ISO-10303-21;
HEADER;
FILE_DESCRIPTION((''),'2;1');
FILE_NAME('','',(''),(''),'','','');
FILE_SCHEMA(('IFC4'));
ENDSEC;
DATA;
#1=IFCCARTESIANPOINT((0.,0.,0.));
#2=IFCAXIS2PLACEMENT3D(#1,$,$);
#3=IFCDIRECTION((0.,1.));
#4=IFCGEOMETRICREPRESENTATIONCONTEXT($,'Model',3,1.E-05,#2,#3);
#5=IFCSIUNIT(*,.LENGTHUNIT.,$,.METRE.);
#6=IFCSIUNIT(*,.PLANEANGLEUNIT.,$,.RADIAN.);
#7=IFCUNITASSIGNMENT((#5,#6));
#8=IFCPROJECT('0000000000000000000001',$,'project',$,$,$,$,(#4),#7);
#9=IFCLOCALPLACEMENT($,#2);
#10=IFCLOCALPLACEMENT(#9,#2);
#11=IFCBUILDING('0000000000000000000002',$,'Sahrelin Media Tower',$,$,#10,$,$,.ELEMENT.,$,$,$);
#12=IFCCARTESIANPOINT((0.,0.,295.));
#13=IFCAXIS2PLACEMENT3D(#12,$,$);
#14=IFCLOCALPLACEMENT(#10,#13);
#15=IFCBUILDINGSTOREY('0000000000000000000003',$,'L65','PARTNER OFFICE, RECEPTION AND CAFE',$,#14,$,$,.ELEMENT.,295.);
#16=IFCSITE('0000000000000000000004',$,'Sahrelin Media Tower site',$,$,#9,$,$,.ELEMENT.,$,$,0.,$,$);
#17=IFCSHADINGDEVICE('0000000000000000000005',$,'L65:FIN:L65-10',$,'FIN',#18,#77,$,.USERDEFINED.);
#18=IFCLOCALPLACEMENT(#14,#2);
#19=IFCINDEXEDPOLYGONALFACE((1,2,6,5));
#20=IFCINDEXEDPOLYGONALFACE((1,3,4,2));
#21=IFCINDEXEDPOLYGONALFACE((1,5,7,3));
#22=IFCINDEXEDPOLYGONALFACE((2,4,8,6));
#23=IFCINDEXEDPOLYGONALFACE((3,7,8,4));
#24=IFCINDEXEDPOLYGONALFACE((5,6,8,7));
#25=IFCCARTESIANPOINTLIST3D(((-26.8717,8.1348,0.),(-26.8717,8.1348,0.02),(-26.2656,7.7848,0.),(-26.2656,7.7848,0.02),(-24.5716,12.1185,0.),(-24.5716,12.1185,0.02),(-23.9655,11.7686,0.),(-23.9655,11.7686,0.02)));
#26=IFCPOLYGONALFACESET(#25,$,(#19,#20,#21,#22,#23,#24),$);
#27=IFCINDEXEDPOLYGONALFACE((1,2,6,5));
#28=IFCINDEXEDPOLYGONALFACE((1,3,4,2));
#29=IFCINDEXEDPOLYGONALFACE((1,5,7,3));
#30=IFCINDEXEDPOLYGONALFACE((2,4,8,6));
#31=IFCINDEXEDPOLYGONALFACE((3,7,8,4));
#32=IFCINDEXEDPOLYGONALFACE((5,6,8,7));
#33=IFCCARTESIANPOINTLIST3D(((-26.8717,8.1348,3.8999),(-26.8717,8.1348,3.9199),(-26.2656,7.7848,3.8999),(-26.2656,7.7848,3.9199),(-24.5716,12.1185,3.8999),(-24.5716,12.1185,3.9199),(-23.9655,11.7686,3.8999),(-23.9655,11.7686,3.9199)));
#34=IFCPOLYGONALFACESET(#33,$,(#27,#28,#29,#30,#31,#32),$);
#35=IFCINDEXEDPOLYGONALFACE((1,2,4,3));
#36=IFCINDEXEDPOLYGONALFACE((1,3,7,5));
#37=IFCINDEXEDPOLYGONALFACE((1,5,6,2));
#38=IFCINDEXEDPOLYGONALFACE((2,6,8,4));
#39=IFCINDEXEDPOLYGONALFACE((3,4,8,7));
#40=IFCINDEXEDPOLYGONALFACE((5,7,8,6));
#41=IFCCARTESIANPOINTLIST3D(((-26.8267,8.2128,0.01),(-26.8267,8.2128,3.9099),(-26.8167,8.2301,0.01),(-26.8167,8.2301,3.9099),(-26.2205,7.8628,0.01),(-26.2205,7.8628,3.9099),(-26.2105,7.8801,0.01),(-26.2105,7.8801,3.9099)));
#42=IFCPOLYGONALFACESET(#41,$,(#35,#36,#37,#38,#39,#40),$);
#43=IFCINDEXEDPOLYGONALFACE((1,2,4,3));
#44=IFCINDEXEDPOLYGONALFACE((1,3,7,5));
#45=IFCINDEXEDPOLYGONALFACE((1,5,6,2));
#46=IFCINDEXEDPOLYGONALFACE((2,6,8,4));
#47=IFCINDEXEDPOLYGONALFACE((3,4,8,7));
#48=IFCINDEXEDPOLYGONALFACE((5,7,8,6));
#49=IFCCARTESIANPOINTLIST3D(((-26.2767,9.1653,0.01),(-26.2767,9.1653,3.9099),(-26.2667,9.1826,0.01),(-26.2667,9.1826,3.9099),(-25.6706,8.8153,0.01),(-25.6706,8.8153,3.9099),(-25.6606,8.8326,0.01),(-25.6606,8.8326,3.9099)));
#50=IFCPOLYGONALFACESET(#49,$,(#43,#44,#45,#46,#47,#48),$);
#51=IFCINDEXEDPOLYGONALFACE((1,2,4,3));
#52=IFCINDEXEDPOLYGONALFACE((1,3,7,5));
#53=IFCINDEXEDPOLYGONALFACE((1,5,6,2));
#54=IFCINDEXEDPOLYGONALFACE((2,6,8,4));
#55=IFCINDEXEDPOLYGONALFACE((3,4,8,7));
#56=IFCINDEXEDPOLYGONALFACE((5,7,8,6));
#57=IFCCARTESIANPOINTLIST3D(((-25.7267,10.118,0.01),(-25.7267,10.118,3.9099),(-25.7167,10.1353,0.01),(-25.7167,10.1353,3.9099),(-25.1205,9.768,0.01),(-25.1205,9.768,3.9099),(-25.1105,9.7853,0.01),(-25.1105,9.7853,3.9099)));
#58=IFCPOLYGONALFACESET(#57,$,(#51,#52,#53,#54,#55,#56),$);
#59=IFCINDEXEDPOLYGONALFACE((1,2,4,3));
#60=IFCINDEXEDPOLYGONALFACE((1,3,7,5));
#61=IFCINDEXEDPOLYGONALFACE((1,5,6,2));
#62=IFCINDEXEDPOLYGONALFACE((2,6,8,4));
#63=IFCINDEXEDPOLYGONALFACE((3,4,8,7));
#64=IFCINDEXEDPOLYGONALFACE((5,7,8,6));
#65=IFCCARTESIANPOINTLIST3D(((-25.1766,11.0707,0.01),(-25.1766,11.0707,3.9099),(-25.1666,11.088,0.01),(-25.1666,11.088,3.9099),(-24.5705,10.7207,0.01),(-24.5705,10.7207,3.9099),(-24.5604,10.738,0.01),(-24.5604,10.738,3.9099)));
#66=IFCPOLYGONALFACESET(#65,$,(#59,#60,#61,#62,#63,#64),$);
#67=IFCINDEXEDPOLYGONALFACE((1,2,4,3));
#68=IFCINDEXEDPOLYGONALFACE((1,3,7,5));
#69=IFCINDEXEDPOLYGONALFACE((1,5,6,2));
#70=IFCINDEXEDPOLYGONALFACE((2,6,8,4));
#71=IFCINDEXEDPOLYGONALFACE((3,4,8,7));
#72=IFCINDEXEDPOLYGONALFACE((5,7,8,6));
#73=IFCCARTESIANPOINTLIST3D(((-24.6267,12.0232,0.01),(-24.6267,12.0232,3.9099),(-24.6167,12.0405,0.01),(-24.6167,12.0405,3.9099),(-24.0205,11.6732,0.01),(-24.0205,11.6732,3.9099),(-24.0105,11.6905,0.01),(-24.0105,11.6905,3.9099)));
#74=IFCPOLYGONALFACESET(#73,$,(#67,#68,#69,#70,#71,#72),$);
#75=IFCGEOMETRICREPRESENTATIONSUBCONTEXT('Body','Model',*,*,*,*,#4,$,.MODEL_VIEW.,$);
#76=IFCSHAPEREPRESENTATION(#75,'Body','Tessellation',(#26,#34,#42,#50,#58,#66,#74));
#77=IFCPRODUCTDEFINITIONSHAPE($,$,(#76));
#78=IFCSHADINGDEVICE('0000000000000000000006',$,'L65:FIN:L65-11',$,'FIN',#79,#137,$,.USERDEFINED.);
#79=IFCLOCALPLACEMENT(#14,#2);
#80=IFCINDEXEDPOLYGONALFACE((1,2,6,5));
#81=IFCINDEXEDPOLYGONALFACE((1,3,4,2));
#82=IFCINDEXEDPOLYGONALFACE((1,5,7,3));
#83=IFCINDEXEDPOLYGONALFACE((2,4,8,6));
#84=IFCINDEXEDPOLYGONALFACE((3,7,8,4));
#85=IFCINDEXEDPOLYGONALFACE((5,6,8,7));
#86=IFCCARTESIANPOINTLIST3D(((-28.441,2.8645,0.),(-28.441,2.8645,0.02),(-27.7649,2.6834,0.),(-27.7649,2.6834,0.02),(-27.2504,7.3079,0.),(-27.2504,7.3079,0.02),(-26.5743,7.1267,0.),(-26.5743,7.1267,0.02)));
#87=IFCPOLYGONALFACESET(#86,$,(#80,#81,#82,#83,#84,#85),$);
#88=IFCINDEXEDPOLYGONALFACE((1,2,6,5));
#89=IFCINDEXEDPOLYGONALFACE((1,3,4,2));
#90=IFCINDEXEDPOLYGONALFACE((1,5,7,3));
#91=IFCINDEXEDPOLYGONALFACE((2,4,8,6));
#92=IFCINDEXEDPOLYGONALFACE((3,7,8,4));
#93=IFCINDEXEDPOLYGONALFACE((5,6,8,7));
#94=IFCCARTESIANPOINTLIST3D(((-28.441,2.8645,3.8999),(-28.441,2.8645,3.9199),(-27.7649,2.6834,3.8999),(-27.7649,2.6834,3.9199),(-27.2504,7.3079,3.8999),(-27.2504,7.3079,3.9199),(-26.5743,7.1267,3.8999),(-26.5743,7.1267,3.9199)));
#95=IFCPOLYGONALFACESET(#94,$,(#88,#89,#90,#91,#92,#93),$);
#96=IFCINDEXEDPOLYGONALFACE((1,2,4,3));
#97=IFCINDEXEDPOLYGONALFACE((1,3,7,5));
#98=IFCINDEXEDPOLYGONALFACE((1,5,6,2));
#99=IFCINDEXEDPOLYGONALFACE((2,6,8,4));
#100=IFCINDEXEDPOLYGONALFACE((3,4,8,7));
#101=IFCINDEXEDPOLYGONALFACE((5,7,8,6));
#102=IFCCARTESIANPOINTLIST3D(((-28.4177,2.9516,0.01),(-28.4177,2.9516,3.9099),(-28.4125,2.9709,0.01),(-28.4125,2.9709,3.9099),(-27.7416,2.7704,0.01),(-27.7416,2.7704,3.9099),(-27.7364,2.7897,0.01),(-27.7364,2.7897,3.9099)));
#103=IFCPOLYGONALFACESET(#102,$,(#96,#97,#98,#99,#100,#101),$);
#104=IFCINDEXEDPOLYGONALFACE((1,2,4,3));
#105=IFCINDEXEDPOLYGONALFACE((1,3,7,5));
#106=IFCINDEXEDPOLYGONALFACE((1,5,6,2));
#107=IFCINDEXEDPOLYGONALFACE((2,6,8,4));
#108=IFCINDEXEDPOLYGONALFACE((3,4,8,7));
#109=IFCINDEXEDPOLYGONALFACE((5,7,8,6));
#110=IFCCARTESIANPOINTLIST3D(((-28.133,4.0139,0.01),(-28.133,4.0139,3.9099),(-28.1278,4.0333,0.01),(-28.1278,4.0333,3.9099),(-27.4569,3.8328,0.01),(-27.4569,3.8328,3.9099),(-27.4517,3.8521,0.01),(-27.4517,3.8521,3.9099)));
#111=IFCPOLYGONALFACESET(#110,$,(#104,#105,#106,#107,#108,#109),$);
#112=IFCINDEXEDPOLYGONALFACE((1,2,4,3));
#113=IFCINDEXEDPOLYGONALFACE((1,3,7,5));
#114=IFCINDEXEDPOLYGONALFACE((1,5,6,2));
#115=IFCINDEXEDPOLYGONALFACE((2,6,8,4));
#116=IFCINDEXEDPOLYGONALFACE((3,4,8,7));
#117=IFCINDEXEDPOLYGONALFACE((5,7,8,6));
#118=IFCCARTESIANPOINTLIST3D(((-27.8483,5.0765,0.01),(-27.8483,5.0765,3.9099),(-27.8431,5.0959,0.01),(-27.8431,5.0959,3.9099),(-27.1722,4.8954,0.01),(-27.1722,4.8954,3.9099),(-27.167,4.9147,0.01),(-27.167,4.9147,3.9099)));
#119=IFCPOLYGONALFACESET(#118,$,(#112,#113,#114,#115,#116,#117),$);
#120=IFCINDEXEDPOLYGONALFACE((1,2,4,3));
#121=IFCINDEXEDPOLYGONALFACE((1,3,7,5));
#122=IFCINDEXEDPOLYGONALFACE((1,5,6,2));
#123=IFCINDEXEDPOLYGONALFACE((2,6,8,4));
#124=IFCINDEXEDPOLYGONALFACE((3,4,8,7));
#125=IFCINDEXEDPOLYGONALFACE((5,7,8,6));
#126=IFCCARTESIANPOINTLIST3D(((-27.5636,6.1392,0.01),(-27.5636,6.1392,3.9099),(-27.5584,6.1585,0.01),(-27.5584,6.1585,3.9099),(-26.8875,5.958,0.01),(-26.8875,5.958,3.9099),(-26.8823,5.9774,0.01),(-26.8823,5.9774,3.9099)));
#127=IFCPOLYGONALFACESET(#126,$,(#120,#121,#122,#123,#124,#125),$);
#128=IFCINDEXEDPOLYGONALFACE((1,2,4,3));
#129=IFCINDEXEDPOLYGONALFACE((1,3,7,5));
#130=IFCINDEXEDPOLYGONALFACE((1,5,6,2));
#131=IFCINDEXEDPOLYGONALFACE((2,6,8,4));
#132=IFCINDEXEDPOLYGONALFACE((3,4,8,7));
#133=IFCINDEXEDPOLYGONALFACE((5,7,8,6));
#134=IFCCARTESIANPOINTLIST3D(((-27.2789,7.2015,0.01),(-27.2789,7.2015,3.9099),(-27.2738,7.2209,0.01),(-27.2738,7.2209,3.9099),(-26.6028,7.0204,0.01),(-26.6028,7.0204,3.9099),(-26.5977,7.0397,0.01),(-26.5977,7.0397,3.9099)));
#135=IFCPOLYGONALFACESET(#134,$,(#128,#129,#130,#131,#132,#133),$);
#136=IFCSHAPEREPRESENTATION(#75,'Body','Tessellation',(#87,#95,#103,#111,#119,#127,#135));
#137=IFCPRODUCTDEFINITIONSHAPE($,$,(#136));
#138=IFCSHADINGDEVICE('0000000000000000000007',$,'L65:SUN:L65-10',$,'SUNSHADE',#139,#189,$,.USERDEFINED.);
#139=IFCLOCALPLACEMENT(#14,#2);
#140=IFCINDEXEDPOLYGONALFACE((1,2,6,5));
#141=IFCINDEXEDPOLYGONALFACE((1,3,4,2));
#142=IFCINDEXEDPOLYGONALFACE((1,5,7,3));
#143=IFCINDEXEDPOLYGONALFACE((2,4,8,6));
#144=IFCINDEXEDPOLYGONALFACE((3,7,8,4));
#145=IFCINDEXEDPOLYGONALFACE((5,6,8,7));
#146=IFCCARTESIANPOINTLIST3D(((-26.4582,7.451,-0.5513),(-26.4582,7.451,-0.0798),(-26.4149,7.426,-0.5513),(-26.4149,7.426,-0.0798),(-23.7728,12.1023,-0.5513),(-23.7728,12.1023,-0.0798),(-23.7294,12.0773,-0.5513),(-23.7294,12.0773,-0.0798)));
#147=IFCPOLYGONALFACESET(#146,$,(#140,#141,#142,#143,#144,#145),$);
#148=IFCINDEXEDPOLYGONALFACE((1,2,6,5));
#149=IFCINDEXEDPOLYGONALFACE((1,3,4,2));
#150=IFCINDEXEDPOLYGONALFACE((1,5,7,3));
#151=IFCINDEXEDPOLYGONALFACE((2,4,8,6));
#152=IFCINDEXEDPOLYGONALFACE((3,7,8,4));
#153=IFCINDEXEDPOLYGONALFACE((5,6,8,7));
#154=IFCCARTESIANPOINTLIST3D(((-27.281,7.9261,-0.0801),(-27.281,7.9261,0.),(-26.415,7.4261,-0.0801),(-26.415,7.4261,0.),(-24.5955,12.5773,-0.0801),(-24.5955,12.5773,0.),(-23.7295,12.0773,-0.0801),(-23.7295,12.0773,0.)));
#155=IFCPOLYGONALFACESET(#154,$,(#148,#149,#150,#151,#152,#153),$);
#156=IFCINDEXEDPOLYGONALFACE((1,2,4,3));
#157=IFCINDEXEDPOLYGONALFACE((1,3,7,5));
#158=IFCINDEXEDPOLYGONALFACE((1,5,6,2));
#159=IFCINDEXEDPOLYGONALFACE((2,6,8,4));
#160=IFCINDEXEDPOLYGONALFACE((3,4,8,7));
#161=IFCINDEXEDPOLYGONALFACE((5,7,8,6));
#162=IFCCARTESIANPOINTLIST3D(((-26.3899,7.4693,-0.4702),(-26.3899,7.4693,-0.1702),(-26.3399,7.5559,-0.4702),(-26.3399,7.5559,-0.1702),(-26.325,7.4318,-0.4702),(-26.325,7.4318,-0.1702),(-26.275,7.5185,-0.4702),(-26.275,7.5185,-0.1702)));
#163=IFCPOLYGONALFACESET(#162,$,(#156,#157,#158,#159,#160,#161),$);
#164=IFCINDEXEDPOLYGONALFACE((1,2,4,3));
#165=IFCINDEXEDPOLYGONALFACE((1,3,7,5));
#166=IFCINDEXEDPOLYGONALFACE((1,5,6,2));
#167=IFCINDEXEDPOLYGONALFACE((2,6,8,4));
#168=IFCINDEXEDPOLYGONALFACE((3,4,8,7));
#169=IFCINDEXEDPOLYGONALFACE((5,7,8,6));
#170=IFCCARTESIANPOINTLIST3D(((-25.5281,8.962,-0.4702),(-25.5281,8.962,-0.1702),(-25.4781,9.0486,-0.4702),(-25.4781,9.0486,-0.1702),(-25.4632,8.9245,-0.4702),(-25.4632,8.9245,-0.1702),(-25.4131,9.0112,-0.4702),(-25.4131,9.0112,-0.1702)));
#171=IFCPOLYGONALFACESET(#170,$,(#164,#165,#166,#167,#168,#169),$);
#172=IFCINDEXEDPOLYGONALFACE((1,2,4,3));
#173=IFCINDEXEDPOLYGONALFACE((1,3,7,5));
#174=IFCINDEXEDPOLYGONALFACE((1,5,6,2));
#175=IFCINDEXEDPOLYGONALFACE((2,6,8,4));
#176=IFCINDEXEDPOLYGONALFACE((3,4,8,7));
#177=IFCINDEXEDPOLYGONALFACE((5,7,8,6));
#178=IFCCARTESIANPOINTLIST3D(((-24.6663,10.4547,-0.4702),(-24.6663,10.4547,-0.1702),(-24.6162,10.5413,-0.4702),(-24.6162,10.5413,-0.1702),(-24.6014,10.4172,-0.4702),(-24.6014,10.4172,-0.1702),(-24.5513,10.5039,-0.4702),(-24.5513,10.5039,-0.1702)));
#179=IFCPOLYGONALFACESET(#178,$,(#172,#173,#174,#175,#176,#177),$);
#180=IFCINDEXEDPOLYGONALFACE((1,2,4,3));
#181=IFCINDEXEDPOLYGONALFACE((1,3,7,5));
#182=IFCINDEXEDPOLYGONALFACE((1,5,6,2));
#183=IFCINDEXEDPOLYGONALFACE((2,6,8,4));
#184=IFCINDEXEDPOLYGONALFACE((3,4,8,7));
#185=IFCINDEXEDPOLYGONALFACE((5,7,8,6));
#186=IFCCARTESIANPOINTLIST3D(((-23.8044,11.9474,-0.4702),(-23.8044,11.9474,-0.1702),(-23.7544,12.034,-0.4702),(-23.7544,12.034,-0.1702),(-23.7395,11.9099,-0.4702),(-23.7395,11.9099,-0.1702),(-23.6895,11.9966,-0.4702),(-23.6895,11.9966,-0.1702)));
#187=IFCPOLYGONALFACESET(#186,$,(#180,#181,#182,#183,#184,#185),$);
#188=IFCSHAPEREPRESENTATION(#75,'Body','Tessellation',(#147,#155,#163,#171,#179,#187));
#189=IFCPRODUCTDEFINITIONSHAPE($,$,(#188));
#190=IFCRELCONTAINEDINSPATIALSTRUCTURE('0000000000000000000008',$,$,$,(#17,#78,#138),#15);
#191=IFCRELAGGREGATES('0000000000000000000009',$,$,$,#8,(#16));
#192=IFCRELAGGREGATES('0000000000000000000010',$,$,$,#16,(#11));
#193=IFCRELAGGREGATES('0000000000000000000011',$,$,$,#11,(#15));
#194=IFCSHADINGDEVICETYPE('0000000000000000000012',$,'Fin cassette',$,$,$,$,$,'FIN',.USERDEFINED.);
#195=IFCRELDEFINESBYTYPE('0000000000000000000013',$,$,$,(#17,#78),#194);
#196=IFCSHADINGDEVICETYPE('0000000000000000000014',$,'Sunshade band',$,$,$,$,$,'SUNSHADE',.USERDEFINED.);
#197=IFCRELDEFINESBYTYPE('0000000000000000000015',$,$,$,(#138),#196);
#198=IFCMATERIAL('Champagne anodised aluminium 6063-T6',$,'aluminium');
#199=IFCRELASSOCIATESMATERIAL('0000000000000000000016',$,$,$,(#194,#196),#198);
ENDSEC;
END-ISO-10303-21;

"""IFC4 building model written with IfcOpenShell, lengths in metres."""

from ifc_helpers import new_model, si_unit, direction, frame, origin, origin_2d, place, context, subcontext, project, spatial, rectangle, extrude, material, type_object, element, save


model = new_model("IFC4")

# Units and contexts
model_context = context("Model", 3, precision=1e-05, world=origin(), true_north=direction((0.0, 1.0)))
body_context = subcontext(model_context, "Body", "Model", "MODEL_VIEW")
ifc_project = project(units=[si_unit("LENGTHUNIT", "METRE"), si_unit("PLANEANGLEUNIT", "RADIAN")], contexts=[model_context])

# Site, building, storey
site_placement = place(None, origin())
site = spatial("IfcSite", under=ifc_project, at=site_placement, Name="Sahrelin Media Tower site", CompositionType="ELEMENT", RefElevation=0.0)
building_placement = place(site_placement, origin())
building = spatial("IfcBuilding", under=site, at=building_placement, Name="Sahrelin Media Tower", CompositionType="ELEMENT")
storey_placement = place(building_placement, frame((0.0, 0.0, 295.0)))
storey = spatial("IfcBuildingStorey", under=building, at=storey_placement, Name="L65", Description="PARTNER OFFICE, RECEPTION AND CAFE", CompositionType="ELEMENT", Elevation=295.0)

# Shared definitions
ifc_material_1 = material(Name="Champagne anodised aluminium 6063-T6", Category="aluminium")

# Shading devices
shading_device_type_1 = type_object("IfcShadingDeviceType", Name="Fin cassette", ElementType="FIN", PredefinedType="USERDEFINED", material=ifc_material_1)
placement_1 = place(storey_placement, frame((-25.0549, 9.7417, 0.0), z_axis=(0.0, 0.0, 1.0), x_axis=(0.500011, 0.866019, 0.0)))
element("IfcShadingDevice", 1, at=placement_1, inside=storey, type_object=shading_device_type_1, Name="L65:FIN:L65-10", ObjectType="FIN", PredefinedType="USERDEFINED", context=body_context, shape_type="SweptSolid", body=[
    extrude(rectangle(XDim=4.6001, YDim=0.7, at=origin_2d()), frame((0.0, 0.4199, 0.0)), (0.0, 0.0, 1.0), 0.02),
    extrude(rectangle(XDim=4.6001, YDim=0.7, at=origin_2d()), frame((0.0, 0.4199, 3.8999)), (0.0, 0.0, 1.0), 0.02),
    extrude(rectangle(XDim=0.02, YDim=0.7, at=origin_2d()), frame((-2.2, 0.4199, 0.01), z_axis=(0.0, 0.0, 1.0), x_axis=(1.0, 0.0, 0.0)), (0.0, 0.0, 1.0), 3.8999),
    extrude(rectangle(XDim=0.02, YDim=0.7, at=origin_2d()), frame((-1.1001, 0.4199, 0.01), z_axis=(0.0, 0.0, 1.0), x_axis=(1.0, 0.0, 0.0)), (0.0, 0.0, 1.0), 3.8999),
    extrude(rectangle(XDim=0.02, YDim=0.7, at=origin_2d()), frame((0.0, 0.4199, 0.01), z_axis=(0.0, 0.0, 1.0), x_axis=(1.0, 0.0, 0.0)), (0.0, 0.0, 1.0), 3.8999),
    extrude(rectangle(XDim=0.02, YDim=0.7, at=origin_2d()), frame((1.1001, 0.4199, 0.01), z_axis=(0.0, 0.0, 1.0), x_axis=(1.0, 0.0, 0.0)), (0.0, 0.0, 1.0), 3.8999),
    extrude(rectangle(XDim=0.02, YDim=0.7, at=origin_2d()), frame((2.2, 0.4199, 0.01), z_axis=(0.0, 0.0, 1.0), x_axis=(1.0, 0.0, 0.0)), (0.0, 0.0, 1.0), 3.8999),
])
placement_2 = place(storey_placement, frame((-27.1021, 4.887, 0.0), z_axis=(0.0, 0.0, 1.0), x_axis=(0.258808, 0.965929, 0.0)))
element("IfcShadingDevice", 2, at=placement_2, inside=storey, type_object=shading_device_type_1, Name="L65:FIN:L65-11", ObjectType="FIN", PredefinedType="USERDEFINED", context=body_context, shape_type="SweptSolid", body=[
    extrude(rectangle(XDim=4.6001, YDim=0.7, at=origin_2d()), frame((0.0, 0.4199, 0.0)), (0.0, 0.0, 1.0), 0.02),
    extrude(rectangle(XDim=4.6001, YDim=0.7, at=origin_2d()), frame((0.0, 0.4199, 3.8999)), (0.0, 0.0, 1.0), 0.02),
    extrude(rectangle(XDim=0.02, YDim=0.7, at=origin_2d()), frame((-2.2, 0.4199, 0.01), z_axis=(0.0, 0.0, 1.0), x_axis=(1.0, 0.0, 0.0)), (0.0, 0.0, 1.0), 3.8999),
    extrude(rectangle(XDim=0.02, YDim=0.7, at=origin_2d()), frame((-1.1001, 0.4199, 0.01), z_axis=(0.0, 0.0, 1.0), x_axis=(1.0, 0.0, 0.0)), (0.0, 0.0, 1.0), 3.8999),
    extrude(rectangle(XDim=0.02, YDim=0.7, at=origin_2d()), frame((0.0, 0.4199, 0.01), z_axis=(0.0, 0.0, 1.0), x_axis=(1.0, 0.0, 0.0)), (0.0, 0.0, 1.0), 3.8999),
    extrude(rectangle(XDim=0.02, YDim=0.7, at=origin_2d()), frame((1.1001, 0.4199, 0.01), z_axis=(0.0, 0.0, 1.0), x_axis=(1.0, 0.0, 0.0)), (0.0, 0.0, 1.0), 3.8999),
    extrude(rectangle(XDim=0.02, YDim=0.7, at=origin_2d()), frame((2.2, 0.4199, 0.01), z_axis=(0.0, 0.0, 1.0), x_axis=(1.0, 0.0, 0.0)), (0.0, 0.0, 1.0), 3.8999),
])
shading_device_type_2 = type_object("IfcShadingDeviceType", Name="Sunshade band", ElementType="SUNSHADE", PredefinedType="USERDEFINED", material=ifc_material_1)
element("IfcShadingDevice", 3, at=placement_1, inside=storey, type_object=shading_device_type_2, Name="L65:SUN:L65-10", ObjectType="SUNSHADE", PredefinedType="USERDEFINED", context=body_context, shape_type="SweptSolid", body=[
    extrude(rectangle(XDim=5.3708, YDim=0.05, at=origin_2d()), frame((0.0, 0.0449, -0.5513)), (0.0, 0.0, 1.0), 0.4714),
    extrude(rectangle(XDim=5.3708, YDim=1.0, at=origin_2d()), frame((0.0, 0.52, -0.0801)), (0.0, 0.0, 1.0), 0.0801),
    extrude(rectangle(XDim=0.1001, YDim=0.075, at=origin_2d()), frame((-2.5854, -0.0176, -0.4702)), (0.0, 0.0, 1.0), 0.3),
    extrude(rectangle(XDim=0.1001, YDim=0.075, at=origin_2d()), frame((-0.8618, -0.0176, -0.4702)), (0.0, 0.0, 1.0), 0.3),
    extrude(rectangle(XDim=0.1001, YDim=0.075, at=origin_2d()), frame((0.8618, -0.0176, -0.4702)), (0.0, 0.0, 1.0), 0.3),
    extrude(rectangle(XDim=0.1001, YDim=0.075, at=origin_2d()), frame((2.5854, -0.0176, -0.4702)), (0.0, 0.0, 1.0), 0.3),
])

save(model, "model.ifc")
